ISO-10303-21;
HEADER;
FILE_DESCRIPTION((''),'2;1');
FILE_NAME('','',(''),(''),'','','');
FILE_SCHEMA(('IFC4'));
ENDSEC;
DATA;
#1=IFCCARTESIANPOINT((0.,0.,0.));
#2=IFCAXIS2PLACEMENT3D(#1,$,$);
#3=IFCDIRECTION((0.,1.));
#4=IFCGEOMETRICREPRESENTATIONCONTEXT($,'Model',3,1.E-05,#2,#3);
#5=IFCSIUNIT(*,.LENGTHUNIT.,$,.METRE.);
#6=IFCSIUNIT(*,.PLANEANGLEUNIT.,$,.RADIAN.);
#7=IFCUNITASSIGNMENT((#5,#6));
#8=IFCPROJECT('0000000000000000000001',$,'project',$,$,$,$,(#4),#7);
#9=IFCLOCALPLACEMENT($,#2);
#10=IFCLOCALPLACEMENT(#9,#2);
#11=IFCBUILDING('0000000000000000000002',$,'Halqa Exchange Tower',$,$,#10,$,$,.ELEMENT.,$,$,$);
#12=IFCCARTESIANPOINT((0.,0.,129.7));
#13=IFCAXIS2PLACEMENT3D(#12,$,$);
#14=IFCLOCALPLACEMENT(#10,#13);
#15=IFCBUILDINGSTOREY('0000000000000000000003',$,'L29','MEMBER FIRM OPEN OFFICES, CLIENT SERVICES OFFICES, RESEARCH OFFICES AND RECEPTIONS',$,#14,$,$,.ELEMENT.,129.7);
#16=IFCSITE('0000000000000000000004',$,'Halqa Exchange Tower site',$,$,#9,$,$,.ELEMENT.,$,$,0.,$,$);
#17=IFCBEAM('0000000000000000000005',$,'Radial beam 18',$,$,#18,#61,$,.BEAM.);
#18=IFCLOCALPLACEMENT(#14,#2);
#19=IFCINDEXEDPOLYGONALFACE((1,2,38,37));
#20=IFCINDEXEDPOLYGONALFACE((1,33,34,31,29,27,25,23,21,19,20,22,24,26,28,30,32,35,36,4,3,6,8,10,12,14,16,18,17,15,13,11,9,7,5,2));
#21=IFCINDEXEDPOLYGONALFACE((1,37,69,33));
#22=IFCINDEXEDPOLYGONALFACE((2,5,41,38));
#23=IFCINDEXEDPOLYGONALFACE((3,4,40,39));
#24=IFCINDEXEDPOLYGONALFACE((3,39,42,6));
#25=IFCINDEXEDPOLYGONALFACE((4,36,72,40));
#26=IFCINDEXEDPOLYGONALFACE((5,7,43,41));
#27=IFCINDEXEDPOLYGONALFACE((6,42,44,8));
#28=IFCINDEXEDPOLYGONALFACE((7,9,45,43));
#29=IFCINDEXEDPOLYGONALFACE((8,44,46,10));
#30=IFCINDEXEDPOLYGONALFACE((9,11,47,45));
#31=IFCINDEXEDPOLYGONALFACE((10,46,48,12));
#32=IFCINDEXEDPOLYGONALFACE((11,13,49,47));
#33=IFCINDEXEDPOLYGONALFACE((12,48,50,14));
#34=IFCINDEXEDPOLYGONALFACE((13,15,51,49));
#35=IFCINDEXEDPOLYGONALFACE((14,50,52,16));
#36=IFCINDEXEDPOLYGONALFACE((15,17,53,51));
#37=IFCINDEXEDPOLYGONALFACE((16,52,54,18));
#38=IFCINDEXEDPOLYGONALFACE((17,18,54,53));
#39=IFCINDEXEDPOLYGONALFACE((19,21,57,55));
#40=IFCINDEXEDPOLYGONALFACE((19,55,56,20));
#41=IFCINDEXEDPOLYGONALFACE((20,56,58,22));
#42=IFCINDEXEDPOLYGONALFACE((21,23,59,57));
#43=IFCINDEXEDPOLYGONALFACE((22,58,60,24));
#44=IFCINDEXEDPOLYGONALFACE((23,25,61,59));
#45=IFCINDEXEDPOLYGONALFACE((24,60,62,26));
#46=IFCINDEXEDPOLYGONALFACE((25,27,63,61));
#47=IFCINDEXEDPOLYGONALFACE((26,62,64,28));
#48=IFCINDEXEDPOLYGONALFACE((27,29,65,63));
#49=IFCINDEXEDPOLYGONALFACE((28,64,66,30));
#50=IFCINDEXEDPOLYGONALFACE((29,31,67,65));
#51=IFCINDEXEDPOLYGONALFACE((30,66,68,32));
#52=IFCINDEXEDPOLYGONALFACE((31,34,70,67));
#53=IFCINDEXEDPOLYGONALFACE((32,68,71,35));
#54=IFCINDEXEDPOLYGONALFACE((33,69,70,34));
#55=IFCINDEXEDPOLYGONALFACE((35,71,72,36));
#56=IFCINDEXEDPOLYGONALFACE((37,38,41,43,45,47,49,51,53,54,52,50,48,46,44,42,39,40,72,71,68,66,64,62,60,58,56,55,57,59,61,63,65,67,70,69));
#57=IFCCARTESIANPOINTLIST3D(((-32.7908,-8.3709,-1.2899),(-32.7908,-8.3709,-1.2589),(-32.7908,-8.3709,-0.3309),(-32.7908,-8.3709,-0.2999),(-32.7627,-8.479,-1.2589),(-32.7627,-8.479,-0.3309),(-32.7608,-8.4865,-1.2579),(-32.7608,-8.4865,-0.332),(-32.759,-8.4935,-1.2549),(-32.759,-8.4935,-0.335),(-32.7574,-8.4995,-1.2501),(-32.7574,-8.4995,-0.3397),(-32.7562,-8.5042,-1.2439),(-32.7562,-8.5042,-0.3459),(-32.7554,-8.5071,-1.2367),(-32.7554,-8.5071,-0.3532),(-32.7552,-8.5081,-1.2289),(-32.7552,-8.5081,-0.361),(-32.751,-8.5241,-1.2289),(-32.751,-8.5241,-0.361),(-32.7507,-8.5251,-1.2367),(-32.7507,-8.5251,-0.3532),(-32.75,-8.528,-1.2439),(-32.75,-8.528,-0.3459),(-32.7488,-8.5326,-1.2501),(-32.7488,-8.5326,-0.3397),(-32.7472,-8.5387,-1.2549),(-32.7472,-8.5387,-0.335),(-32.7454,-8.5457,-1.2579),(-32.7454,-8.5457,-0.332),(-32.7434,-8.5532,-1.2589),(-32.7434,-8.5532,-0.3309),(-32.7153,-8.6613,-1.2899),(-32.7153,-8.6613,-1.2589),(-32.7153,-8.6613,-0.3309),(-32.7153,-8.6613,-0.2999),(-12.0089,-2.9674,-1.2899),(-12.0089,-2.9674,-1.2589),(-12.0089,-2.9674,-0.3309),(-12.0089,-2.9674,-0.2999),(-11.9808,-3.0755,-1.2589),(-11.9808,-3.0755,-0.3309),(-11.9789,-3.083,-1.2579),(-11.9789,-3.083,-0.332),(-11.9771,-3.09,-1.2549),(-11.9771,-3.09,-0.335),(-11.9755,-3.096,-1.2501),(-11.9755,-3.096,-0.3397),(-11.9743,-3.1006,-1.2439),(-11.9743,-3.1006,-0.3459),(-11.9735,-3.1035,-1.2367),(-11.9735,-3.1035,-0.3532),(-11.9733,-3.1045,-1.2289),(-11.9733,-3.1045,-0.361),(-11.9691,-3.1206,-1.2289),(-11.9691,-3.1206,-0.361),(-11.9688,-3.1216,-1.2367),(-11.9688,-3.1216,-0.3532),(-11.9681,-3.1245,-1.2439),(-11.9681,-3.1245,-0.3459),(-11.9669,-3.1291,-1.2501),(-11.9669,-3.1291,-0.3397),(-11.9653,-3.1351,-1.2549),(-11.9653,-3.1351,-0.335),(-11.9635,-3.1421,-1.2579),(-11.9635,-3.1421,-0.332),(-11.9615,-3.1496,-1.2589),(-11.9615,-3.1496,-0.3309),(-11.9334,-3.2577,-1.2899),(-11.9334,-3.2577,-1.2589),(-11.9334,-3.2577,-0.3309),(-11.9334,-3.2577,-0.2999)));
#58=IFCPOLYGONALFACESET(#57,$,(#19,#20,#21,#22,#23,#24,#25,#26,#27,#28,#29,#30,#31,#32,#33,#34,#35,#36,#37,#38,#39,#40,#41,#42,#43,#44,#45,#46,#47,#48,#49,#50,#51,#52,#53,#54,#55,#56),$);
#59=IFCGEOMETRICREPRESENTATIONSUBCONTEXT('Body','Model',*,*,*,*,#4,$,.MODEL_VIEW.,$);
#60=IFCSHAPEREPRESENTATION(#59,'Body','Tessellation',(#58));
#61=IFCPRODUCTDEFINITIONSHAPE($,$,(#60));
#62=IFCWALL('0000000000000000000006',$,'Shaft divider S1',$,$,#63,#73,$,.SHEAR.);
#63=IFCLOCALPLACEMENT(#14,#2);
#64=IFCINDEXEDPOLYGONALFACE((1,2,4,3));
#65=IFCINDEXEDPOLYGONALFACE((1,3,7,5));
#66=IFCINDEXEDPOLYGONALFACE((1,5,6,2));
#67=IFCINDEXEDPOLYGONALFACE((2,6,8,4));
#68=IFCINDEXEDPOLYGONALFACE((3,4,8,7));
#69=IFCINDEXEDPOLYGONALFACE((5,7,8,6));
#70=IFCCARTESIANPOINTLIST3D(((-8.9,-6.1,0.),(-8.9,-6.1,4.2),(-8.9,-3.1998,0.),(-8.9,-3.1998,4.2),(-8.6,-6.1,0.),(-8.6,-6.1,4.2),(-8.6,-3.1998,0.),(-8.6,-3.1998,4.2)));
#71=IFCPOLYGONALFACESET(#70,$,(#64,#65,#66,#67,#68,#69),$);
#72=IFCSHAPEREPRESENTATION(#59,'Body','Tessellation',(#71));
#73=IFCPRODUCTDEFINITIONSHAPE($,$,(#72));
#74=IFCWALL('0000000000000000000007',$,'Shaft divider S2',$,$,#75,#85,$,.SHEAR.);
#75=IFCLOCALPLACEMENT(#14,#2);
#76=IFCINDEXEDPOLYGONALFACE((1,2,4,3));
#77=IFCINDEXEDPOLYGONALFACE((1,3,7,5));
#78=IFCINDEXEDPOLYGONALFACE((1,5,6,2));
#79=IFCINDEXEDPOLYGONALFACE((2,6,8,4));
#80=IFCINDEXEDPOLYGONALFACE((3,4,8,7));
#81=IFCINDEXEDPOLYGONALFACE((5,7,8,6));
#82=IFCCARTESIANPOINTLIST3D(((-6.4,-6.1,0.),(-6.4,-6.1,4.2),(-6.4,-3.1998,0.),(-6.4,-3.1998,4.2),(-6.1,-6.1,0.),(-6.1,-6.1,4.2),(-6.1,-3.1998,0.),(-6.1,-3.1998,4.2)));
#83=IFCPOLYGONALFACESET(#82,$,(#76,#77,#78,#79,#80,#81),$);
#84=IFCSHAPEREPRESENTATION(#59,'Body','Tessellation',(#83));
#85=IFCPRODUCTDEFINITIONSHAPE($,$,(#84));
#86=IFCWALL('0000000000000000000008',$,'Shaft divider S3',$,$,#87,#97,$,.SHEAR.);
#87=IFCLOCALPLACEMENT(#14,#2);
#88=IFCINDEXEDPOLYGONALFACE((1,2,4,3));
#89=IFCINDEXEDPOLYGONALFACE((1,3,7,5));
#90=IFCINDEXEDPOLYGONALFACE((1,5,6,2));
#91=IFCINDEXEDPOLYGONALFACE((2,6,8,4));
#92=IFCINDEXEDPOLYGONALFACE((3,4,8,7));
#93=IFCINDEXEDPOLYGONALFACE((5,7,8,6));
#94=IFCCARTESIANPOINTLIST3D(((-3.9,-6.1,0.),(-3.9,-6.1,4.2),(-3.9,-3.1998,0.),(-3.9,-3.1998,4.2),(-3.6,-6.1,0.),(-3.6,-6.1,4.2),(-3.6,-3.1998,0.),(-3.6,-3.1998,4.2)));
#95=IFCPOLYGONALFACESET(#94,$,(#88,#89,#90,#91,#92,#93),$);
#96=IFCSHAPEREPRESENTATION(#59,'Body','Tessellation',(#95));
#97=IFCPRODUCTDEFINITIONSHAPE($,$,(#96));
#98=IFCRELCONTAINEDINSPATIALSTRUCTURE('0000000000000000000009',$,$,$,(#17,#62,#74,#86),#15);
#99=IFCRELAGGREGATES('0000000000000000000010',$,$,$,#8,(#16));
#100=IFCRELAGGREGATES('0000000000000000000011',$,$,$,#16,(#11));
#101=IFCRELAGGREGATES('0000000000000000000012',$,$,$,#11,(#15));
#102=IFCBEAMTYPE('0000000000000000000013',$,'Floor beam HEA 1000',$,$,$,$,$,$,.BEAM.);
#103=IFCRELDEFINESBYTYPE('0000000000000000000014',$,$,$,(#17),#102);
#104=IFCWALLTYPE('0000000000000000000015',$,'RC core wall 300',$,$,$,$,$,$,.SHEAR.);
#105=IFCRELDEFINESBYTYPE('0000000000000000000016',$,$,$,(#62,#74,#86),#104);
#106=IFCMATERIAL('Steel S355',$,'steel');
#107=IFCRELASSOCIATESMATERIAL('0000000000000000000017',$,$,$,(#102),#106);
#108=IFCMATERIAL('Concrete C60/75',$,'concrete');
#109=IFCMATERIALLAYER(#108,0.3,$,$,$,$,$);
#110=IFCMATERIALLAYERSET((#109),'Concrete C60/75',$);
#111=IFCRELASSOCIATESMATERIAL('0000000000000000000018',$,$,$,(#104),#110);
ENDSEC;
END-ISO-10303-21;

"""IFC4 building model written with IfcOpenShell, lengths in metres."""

from ifc_helpers import new_model, si_unit, direction, frame, frame_2d, origin, origin_2d, place, context, subcontext, project, spatial, rectangle, i_section, extrude, material, layer, layer_set, material_profile, profile_set, type_object, element, save


model = new_model("IFC4")

# Units and contexts
model_context = context("Model", 3, precision=1e-05, world=origin(), true_north=direction((0.0, 1.0)))
body_context = subcontext(model_context, "Body", "Model", "MODEL_VIEW")
ifc_project = project(units=[si_unit("LENGTHUNIT", "METRE"), si_unit("PLANEANGLEUNIT", "RADIAN")], contexts=[model_context])

# Site, building, storey
site_placement = place(None, origin())
site = spatial("IfcSite", under=ifc_project, at=site_placement, Name="Halqa Exchange Tower site", CompositionType="ELEMENT", RefElevation=0.0)
building_placement = place(site_placement, origin())
building = spatial("IfcBuilding", under=site, at=building_placement, Name="Halqa Exchange Tower", CompositionType="ELEMENT")
storey_placement = place(building_placement, frame((0.0, 0.0, 129.7)))
storey = spatial("IfcBuildingStorey", under=building, at=storey_placement, Name="L29", Description="MEMBER FIRM OPEN OFFICES, CLIENT SERVICES OFFICES, RESEARCH OFFICES AND RECEPTIONS", CompositionType="ELEMENT", Elevation=129.7)

# Beam
ifc_material_1 = material(Name="Steel S355", Category="steel")
ifc_material_profile = material_profile(ifc_material_1, i_section(OverallWidth=0.3, OverallDepth=0.99, WebThickness=0.0166, FlangeThickness=0.031, FilletRadius=0.03, at=origin_2d()), Name="HEA 1000")
ifc_profile_set = profile_set([ifc_material_profile], Name="Steel S355")
beam_type = type_object("IfcBeamType", Name="Floor beam HEA 1000", PredefinedType="BEAM", material=ifc_profile_set)
beam_placement = place(storey_placement, frame((-11.9712, -3.1125, -0.7949), z_axis=(-0.96782, -0.251645, 0.0), x_axis=(0.251645, -0.96782, 0.0)))
element("IfcBeam", 1, at=beam_placement, inside=storey, type_object=beam_type, Name="Radial beam 18", PredefinedType="BEAM", context=body_context, shape_type="SweptSolid", body=[
    extrude(i_section(OverallWidth=0.3, OverallDepth=0.99, WebThickness=0.0166, FlangeThickness=0.031, FilletRadius=0.03, at=origin_2d()), origin(), (0.0, 0.0, 1.0), 21.4729),
])

# Walls
ifc_material_2 = material(Name="Concrete C60/75", Category="concrete")
ifc_layer_1 = layer(ifc_material_2, 0.3)
ifc_layer_set_1 = layer_set([ifc_layer_1], Name="Concrete C60/75")
wall_type_1 = type_object("IfcWallType", Name="RC core wall 300", PredefinedType="SHEAR", material=ifc_layer_set_1)
for number, where, z_axis, x_axis, name in (
    (2, (-8.75, -6.1001, 0.0), (0.0, 0.0, 1.0), (0.0, 1.0, 0.0), "Shaft divider S1"),
    (3, (-6.25, -6.1001, 0.0), (0.0, 0.0, 1.0), (0.0, 1.0, 0.0), "Shaft divider S2"),
    (4, (-3.75, -6.1001, 0.0), (0.0, 0.0, 1.0), (0.0, 1.0, 0.0), "Shaft divider S3"),
):
    element("IfcWall", number, at=place(storey_placement, frame(where, z_axis=z_axis, x_axis=x_axis)), inside=storey, type_object=wall_type_1, Name=name, PredefinedType="SHEAR", context=body_context, shape_type="SweptSolid", body=[
        extrude(rectangle(XDim=2.9001, YDim=0.3, at=frame_2d((1.4502, 0.0))), origin(), (0.0, 0.0, 1.0), 4.2),
    ])

save(model, "model.ifc")
